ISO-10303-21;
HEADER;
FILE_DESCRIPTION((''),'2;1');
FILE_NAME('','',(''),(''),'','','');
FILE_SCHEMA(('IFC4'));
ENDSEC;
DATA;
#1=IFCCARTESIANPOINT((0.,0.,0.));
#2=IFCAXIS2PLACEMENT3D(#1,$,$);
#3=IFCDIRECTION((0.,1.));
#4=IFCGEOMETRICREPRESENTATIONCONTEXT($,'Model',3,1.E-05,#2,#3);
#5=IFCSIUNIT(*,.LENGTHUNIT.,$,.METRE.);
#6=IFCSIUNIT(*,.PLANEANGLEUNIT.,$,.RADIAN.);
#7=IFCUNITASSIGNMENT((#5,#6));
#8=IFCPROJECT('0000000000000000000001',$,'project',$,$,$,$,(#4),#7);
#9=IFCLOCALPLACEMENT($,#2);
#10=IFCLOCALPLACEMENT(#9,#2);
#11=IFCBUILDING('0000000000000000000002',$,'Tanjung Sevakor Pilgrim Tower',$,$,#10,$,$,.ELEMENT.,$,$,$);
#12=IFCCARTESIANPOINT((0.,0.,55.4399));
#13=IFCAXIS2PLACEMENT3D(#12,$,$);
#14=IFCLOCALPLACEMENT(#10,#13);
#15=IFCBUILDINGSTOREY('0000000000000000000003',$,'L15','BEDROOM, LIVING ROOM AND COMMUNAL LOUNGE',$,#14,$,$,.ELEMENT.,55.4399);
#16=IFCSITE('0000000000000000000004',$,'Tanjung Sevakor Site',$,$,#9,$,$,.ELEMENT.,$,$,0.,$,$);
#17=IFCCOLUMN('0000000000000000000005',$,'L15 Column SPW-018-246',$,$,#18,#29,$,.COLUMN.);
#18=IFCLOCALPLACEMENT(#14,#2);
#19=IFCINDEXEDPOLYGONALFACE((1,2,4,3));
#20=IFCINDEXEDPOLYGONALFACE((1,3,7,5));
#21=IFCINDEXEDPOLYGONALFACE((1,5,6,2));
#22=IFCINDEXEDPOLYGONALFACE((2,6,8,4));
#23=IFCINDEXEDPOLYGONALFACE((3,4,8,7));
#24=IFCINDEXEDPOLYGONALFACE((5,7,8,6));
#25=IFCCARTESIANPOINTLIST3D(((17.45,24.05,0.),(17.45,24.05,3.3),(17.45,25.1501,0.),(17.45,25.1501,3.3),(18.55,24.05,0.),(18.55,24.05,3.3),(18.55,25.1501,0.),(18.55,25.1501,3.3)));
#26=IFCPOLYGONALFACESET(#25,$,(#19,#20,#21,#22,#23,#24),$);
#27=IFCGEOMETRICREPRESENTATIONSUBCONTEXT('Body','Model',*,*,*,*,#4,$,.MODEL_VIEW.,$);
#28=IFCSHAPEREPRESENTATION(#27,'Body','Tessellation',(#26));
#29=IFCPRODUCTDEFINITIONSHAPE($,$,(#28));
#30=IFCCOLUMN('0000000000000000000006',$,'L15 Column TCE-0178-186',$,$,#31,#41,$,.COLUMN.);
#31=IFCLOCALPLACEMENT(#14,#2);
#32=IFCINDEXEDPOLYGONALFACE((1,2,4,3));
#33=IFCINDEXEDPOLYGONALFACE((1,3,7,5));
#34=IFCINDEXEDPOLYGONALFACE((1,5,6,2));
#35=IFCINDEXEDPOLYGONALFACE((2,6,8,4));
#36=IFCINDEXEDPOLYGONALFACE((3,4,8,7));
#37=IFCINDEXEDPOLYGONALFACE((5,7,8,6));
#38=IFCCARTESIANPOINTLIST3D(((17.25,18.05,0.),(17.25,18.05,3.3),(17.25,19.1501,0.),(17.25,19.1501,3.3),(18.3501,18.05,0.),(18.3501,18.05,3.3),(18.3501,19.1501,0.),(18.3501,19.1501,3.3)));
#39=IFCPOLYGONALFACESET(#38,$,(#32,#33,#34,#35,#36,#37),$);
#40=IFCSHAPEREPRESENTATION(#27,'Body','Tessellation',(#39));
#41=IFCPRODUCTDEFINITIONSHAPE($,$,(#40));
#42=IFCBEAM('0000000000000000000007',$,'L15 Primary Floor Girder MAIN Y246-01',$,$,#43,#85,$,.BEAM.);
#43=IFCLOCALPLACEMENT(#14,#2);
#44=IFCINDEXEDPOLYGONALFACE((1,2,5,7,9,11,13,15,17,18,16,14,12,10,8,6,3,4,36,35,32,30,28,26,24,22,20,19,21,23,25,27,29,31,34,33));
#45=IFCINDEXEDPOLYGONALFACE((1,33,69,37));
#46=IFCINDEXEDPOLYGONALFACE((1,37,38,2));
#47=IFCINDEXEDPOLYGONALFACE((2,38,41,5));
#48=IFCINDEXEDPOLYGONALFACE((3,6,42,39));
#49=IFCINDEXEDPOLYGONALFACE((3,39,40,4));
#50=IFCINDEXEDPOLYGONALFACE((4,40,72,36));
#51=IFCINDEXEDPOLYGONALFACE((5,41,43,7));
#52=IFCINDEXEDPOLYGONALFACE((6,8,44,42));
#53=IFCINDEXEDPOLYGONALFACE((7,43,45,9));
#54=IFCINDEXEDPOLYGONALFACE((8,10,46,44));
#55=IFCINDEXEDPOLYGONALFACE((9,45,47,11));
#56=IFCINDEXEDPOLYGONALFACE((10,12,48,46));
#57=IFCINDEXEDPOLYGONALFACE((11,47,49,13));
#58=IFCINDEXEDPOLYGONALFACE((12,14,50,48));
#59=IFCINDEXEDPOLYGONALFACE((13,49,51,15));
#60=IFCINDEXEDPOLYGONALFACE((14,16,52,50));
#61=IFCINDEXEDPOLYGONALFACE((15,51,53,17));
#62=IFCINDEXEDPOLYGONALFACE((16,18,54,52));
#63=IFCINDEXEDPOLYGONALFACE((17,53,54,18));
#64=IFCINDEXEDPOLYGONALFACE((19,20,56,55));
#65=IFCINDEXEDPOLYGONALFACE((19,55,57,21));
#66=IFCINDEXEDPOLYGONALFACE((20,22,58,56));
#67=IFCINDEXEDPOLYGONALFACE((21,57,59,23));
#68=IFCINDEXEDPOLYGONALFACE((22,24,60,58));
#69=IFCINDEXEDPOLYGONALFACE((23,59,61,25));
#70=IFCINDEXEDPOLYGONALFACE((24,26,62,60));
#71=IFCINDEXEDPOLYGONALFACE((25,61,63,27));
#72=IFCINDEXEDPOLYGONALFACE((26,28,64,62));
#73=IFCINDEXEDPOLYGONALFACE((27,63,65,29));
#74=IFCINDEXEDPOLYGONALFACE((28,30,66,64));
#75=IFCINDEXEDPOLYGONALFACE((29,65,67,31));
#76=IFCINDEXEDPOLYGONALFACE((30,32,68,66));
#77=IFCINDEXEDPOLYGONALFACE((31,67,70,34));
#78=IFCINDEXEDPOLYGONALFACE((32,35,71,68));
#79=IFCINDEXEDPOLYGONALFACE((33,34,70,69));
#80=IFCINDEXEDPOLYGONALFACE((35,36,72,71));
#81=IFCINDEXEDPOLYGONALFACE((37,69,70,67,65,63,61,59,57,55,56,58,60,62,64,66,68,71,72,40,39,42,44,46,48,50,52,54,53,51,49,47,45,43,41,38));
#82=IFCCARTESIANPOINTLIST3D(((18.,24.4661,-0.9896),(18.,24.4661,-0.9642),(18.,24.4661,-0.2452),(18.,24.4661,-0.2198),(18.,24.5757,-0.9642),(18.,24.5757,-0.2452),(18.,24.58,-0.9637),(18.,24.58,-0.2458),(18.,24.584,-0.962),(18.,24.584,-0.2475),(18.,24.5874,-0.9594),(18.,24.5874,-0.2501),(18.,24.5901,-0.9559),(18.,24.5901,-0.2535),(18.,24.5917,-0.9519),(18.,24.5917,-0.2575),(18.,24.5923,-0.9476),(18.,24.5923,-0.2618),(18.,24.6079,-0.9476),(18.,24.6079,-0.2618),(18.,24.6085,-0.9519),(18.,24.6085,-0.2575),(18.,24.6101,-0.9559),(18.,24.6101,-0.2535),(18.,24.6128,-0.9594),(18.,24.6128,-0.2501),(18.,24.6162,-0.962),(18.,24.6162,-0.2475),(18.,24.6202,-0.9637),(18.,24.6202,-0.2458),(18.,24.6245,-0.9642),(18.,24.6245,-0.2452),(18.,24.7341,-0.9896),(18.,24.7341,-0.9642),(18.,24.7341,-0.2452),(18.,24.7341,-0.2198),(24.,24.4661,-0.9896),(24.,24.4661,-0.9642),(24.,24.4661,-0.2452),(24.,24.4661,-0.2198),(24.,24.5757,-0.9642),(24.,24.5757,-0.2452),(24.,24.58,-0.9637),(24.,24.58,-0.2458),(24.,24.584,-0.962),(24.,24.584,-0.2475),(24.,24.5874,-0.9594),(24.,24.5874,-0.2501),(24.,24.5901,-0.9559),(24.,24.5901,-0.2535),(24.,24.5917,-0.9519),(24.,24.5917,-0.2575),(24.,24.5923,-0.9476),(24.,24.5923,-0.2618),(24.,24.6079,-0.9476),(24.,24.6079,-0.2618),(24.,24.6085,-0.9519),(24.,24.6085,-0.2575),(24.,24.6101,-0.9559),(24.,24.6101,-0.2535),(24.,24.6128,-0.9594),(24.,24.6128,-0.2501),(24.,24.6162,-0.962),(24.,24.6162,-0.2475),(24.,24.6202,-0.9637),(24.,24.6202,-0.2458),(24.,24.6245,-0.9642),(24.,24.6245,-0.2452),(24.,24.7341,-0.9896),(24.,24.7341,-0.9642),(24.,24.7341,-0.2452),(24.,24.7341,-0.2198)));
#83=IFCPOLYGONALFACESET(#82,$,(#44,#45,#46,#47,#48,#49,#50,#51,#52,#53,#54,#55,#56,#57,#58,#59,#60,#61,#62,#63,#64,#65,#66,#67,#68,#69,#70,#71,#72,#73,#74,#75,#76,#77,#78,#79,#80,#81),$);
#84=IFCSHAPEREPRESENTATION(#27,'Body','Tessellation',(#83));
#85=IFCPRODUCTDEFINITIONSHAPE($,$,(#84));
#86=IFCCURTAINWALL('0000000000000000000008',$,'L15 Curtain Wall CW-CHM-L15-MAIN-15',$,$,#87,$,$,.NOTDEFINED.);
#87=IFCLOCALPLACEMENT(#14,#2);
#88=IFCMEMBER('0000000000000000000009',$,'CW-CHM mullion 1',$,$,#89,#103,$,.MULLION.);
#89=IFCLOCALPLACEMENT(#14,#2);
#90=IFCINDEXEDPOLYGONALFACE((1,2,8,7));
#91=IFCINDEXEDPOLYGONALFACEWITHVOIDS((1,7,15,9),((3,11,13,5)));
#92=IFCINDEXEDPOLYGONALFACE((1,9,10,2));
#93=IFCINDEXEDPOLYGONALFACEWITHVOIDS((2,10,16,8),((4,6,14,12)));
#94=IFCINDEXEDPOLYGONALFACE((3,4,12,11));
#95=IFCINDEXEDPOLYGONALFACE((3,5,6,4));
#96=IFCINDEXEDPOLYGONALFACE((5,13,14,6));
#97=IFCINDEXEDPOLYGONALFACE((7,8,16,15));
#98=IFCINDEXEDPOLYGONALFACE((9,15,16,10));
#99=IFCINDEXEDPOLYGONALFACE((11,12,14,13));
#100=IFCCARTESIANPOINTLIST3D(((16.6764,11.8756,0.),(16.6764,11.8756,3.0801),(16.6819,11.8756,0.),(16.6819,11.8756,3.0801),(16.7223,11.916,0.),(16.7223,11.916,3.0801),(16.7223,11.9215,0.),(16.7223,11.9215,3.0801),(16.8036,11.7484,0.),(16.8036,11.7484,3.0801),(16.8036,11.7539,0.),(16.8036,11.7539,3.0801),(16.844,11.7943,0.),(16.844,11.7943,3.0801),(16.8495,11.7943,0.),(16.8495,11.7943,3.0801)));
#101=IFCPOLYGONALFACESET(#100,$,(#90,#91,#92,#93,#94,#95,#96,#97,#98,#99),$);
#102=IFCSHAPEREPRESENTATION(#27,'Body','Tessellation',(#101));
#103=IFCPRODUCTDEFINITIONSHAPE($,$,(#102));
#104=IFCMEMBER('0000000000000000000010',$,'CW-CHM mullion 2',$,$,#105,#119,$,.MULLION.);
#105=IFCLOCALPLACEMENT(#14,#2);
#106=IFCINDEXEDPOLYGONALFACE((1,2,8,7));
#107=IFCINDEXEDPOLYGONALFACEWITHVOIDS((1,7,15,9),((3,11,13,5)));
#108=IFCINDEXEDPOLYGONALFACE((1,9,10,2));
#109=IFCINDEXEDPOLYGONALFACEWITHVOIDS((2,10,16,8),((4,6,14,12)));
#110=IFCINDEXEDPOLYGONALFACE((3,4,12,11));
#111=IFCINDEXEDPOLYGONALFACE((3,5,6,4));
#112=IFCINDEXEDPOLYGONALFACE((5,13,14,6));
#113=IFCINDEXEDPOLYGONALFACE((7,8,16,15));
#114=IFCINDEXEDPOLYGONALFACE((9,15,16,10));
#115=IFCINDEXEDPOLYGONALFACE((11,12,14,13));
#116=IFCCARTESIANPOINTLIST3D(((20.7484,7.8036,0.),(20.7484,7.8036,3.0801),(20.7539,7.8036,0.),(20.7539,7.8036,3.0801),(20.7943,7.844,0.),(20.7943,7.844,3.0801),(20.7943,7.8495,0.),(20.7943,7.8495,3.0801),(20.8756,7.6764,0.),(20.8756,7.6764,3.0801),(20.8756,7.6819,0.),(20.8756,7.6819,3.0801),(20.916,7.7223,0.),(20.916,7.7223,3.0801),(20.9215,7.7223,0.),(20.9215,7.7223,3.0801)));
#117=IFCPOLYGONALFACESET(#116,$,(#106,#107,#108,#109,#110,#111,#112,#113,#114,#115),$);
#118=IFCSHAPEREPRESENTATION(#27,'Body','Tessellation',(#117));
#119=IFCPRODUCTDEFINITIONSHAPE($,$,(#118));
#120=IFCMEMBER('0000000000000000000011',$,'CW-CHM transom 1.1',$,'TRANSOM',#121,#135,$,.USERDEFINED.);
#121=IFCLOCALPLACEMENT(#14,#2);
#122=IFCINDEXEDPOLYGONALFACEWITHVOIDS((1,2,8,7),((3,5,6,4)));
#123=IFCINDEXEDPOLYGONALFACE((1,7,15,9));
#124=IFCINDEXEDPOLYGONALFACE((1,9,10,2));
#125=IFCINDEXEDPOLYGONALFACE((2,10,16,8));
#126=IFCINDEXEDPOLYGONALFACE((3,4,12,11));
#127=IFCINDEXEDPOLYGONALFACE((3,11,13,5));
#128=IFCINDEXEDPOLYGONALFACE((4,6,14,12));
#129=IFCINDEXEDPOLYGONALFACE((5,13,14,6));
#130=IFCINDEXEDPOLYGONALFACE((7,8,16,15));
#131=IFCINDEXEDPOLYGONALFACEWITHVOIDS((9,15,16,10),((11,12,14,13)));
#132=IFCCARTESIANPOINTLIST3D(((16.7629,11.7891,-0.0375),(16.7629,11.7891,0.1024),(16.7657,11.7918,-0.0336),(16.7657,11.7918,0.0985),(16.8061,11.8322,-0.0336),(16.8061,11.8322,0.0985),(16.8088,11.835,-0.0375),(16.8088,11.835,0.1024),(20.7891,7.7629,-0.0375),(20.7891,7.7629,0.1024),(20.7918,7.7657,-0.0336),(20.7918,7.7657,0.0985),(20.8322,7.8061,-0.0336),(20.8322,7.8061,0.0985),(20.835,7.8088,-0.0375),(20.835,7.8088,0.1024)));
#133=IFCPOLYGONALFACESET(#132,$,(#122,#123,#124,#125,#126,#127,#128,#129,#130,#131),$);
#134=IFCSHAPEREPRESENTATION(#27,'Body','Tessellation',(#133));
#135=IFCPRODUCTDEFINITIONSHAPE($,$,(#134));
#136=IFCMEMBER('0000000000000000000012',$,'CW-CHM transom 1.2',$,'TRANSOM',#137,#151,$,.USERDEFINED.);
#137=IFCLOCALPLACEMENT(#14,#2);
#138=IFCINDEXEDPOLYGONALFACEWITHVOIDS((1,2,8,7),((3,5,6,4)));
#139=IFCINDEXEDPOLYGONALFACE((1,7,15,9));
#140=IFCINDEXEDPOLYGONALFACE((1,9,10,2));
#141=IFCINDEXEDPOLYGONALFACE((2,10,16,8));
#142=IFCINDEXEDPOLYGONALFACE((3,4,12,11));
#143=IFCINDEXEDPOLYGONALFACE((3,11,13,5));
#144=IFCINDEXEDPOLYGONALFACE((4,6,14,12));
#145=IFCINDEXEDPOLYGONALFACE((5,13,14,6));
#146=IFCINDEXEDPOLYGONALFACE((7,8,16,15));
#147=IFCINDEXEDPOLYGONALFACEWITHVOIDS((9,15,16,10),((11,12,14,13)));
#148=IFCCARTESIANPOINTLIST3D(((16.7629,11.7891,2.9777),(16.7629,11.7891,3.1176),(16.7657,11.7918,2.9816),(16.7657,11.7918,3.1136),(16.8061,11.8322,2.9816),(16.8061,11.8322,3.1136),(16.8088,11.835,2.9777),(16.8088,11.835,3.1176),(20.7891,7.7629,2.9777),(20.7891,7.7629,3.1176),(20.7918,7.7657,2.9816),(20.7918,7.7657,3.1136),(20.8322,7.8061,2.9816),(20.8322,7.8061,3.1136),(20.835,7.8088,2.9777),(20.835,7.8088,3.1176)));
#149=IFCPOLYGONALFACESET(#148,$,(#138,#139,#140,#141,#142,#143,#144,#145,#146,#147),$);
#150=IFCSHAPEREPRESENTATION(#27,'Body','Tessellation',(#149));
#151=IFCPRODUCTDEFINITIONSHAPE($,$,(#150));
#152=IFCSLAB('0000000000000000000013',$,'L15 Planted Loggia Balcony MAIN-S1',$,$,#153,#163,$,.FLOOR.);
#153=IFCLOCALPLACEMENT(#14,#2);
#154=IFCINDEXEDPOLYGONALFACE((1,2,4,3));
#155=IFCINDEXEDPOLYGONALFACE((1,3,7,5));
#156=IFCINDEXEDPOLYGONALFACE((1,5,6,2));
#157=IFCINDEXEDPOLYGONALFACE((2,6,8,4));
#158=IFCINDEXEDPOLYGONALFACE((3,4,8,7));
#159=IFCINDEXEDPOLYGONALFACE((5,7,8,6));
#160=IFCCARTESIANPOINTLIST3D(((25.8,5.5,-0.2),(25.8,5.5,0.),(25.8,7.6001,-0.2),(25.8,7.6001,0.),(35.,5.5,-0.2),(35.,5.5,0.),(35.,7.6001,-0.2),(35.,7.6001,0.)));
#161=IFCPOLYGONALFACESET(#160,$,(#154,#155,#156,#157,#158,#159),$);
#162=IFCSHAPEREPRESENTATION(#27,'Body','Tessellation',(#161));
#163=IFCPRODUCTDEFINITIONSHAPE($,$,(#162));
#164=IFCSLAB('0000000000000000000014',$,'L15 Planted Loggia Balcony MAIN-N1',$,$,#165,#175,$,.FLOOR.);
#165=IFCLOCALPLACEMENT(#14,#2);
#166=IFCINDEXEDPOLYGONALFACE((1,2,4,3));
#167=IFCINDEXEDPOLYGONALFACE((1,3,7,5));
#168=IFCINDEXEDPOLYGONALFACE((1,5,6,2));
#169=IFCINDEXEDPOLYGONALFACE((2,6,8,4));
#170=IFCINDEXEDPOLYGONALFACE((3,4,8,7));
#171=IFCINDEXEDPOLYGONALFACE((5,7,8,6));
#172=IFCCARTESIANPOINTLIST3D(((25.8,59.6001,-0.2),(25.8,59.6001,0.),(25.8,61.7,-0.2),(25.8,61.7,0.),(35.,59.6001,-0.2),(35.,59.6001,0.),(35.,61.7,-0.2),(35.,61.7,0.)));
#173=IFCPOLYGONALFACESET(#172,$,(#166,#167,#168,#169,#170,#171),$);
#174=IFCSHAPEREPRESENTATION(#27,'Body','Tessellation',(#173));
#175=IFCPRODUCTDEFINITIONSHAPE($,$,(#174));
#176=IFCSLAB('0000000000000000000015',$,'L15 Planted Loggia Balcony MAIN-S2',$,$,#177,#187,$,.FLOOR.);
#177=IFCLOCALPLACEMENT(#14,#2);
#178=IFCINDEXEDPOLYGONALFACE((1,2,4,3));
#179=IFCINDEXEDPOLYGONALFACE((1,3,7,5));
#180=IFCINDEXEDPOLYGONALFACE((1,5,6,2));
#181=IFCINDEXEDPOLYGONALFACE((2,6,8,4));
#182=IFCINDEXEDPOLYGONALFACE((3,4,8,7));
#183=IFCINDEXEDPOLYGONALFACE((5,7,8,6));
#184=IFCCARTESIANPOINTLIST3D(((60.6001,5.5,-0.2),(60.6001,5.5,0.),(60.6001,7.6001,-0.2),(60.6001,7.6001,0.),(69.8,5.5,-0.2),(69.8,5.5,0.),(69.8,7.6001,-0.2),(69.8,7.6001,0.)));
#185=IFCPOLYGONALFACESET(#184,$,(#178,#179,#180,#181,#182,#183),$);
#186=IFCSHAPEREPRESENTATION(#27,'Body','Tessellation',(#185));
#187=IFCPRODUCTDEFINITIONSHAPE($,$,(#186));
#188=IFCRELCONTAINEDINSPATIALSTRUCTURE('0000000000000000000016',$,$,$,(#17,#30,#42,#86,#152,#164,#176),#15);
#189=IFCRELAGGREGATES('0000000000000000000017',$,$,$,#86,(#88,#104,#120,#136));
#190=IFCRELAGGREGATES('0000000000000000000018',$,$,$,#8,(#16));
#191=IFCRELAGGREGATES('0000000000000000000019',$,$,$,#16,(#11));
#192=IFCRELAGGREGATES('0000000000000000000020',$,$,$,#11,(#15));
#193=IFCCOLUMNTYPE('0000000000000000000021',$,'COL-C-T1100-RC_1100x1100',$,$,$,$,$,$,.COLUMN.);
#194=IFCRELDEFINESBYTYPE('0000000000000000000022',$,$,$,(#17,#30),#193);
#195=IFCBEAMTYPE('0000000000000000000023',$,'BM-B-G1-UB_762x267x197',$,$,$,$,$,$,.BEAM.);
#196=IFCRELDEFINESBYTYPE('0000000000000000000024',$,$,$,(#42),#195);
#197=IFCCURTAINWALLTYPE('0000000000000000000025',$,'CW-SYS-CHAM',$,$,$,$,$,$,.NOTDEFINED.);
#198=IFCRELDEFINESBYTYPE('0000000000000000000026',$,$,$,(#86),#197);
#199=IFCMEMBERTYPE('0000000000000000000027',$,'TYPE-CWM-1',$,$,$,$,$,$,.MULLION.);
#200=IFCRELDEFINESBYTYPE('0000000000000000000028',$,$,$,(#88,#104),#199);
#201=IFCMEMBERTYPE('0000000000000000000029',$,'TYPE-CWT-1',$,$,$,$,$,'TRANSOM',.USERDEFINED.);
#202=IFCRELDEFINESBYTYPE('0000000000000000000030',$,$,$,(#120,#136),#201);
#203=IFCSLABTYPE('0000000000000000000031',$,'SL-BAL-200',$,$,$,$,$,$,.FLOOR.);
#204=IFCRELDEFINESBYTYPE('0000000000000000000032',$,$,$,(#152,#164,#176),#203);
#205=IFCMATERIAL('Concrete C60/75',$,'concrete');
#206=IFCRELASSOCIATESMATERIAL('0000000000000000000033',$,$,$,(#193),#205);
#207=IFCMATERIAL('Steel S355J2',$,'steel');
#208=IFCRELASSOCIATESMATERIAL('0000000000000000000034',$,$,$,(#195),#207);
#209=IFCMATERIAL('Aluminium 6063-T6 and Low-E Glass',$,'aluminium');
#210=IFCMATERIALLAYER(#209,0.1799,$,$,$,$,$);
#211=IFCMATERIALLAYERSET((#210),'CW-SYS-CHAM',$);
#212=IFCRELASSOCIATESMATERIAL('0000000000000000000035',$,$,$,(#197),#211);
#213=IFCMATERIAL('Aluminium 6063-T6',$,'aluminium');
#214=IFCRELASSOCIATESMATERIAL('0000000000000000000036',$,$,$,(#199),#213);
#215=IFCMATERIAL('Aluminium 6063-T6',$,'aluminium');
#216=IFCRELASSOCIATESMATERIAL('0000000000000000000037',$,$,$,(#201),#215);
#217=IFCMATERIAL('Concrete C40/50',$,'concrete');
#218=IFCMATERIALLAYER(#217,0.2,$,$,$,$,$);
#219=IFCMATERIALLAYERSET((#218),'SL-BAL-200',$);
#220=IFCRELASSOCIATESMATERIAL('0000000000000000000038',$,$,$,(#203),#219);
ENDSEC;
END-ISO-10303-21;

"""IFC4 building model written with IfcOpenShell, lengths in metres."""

from ifc_helpers import new_model, si_unit, direction, frame, origin, origin_2d, place, context, subcontext, project, spatial, polyline, rectangle, hollow_rectangle, i_section, outline, extrude, material, layer, layer_set, material_profile, profile_set, type_object, element, aggregate, save


model = new_model("IFC4")

# Units and contexts
model_context = context("Model", 3, precision=1e-05, world=origin(), true_north=direction((0.0, 1.0)))
body_context = subcontext(model_context, "Body", "Model", "MODEL_VIEW")
ifc_project = project(units=[si_unit("LENGTHUNIT", "METRE"), si_unit("PLANEANGLEUNIT", "RADIAN")], contexts=[model_context])

# Site, building, storey
site_placement = place(None, origin())
site = spatial("IfcSite", under=ifc_project, at=site_placement, Name="Tanjung Sevakor Site", CompositionType="ELEMENT", RefElevation=0.0)
building_placement = place(site_placement, origin())
building = spatial("IfcBuilding", under=site, at=building_placement, Name="Tanjung Sevakor Pilgrim Tower", CompositionType="ELEMENT")
storey_placement = place(building_placement, frame((0.0, 0.0, 55.4399)))
storey = spatial("IfcBuildingStorey", under=building, at=storey_placement, Name="L15", Description="BEDROOM, LIVING ROOM AND COMMUNAL LOUNGE", CompositionType="ELEMENT", Elevation=55.4399)

# Columns
ifc_material_1 = material(Name="Concrete C60/75", Category="concrete")
ifc_material_profile_1 = material_profile(ifc_material_1, rectangle(XDim=1.1001, YDim=1.1001, at=origin_2d()))
ifc_profile_set_1 = profile_set([ifc_material_profile_1], Name="Concrete C60/75")
column_type = type_object("IfcColumnType", Name="COL-C-T1100-RC_1100x1100", PredefinedType="COLUMN", material=ifc_profile_set_1)
for number, where, z_axis, x_axis, name in (
    (1, (18.0, 24.6001, 0.0), (0.0, 0.0, 1.0), (1.0, 0.0, 0.0), "L15 Column SPW-018-246"),
    (2, (17.8, 18.6001, 0.0), (0.0, 0.0, 1.0), (1.0, 0.0, 0.0), "L15 Column TCE-0178-186"),
):
    element("IfcColumn", number, at=place(storey_placement, frame(where, z_axis=z_axis, x_axis=x_axis)), inside=storey, type_object=column_type, Name=name, PredefinedType="COLUMN", context=body_context, shape_type="SweptSolid", body=[
        extrude(rectangle(XDim=1.1001, YDim=1.1001, at=origin_2d()), origin(), (0.0, 0.0, 1.0), 3.3),
    ])

# Beam
ifc_material_2 = material(Name="Steel S355J2", Category="steel")
ifc_material_profile_2 = material_profile(ifc_material_2, i_section(OverallWidth=0.2681, OverallDepth=0.7698, WebThickness=0.0156, FlangeThickness=0.0254, FilletRadius=0.0166, at=origin_2d()))
ifc_profile_set_2 = profile_set([ifc_material_profile_2], Name="Steel S355J2")
beam_type = type_object("IfcBeamType", Name="BM-B-G1-UB_762x267x197", PredefinedType="BEAM", material=ifc_profile_set_2)
beam_placement = place(storey_placement, frame((18.0, 24.6001, -0.6047), z_axis=(1.0, 0.0, 0.0), x_axis=(0.0, 1.0, 0.0)))
element("IfcBeam", 3, at=beam_placement, inside=storey, type_object=beam_type, Name="L15 Primary Floor Girder MAIN Y246-01", PredefinedType="BEAM", context=body_context, shape_type="SweptSolid", body=[
    extrude(i_section(OverallWidth=0.2681, OverallDepth=0.7698, WebThickness=0.0156, FlangeThickness=0.0254, FilletRadius=0.0166, at=origin_2d()), origin(), (0.0, 0.0, 1.0), 6.0),
])

# Curtain wall, members
ifc_material_3 = material(Name="Aluminium 6063-T6 and Low-E Glass", Category="aluminium")
ifc_layer_1 = layer(ifc_material_3, 0.1799)
ifc_layer_set_1 = layer_set([ifc_layer_1], Name="CW-SYS-CHAM")
curtain_wall_type = type_object("IfcCurtainWallType", Name="CW-SYS-CHAM", PredefinedType="NOTDEFINED", material=ifc_layer_set_1)
curtain_wall_placement = place(storey_placement, origin())
curtain_wall = element("IfcCurtainWall", 4, at=curtain_wall_placement, inside=storey, type_object=curtain_wall_type, Name="L15 Curtain Wall CW-CHM-L15-MAIN-15", PredefinedType="NOTDEFINED")
ifc_material_4 = material(Name="Aluminium 6063-T6", Category="aluminium")
ifc_material_profile_3 = material_profile(ifc_material_4, hollow_rectangle(XDim=0.0649, YDim=0.1799, WallThickness=0.0039, at=origin_2d()))
ifc_profile_set_3 = profile_set([ifc_material_profile_3], Name="Aluminium 6063-T6")
member_type_1 = type_object("IfcMemberType", Name="TYPE-CWM-1", PredefinedType="MULLION", material=ifc_profile_set_3)
member_1_placement = place(storey_placement, frame((16.7629, 11.835, 0.0), z_axis=(0.0, 0.0, 1.0), x_axis=(0.707107, 0.707107, 0.0)))
member_1 = element("IfcMember", 5, at=member_1_placement, type_object=member_type_1, Name="CW-CHM mullion 1", PredefinedType="MULLION", context=body_context, shape_type="SweptSolid", body=[
    extrude(hollow_rectangle(XDim=0.0649, YDim=0.1799, WallThickness=0.0039, at=origin_2d()), origin(), (0.0, 0.0, 1.0), 3.0801),
])
member_2_placement = place(storey_placement, frame((20.835, 7.7629, 0.0), z_axis=(0.0, 0.0, 1.0), x_axis=(0.707107, 0.707107, 0.0)))
member_2 = element("IfcMember", 6, at=member_2_placement, type_object=member_type_1, Name="CW-CHM mullion 2", PredefinedType="MULLION", context=body_context, shape_type="SweptSolid", body=[
    extrude(hollow_rectangle(XDim=0.0649, YDim=0.1799, WallThickness=0.0039, at=origin_2d()), origin(), (0.0, 0.0, 1.0), 3.0801),
])
ifc_material_5 = material(Name="Aluminium 6063-T6", Category="aluminium")
ifc_material_profile_4 = material_profile(ifc_material_5, hollow_rectangle(XDim=0.0649, YDim=0.1399, WallThickness=0.0039, at=origin_2d()))
ifc_profile_set_4 = profile_set([ifc_material_profile_4], Name="Aluminium 6063-T6")
member_type_2 = type_object("IfcMemberType", Name="TYPE-CWT-1", ElementType="TRANSOM", PredefinedType="USERDEFINED", material=ifc_profile_set_4)
member_3_placement = place(storey_placement, frame((16.7859, 11.812, 0.0325), z_axis=(0.707107, -0.707107, 0.0), x_axis=(0.707107, 0.707107, 0.0)))
member_3 = element("IfcMember", 7, at=member_3_placement, type_object=member_type_2, Name="CW-CHM transom 1.1", ObjectType="TRANSOM", PredefinedType="USERDEFINED", context=body_context, shape_type="SweptSolid", body=[
    extrude(hollow_rectangle(XDim=0.0649, YDim=0.1399, WallThickness=0.0039, at=origin_2d()), origin(), (0.0, 0.0, 1.0), 5.6938),
])
member_4_placement = place(storey_placement, frame((16.7859, 11.812, 3.0476), z_axis=(0.707107, -0.707107, 0.0), x_axis=(0.707107, 0.707107, 0.0)))
member_4 = element("IfcMember", 8, at=member_4_placement, type_object=member_type_2, Name="CW-CHM transom 1.2", ObjectType="TRANSOM", PredefinedType="USERDEFINED", context=body_context, shape_type="SweptSolid", body=[
    extrude(hollow_rectangle(XDim=0.0649, YDim=0.1399, WallThickness=0.0039, at=origin_2d()), origin(), (0.0, 0.0, 1.0), 5.6938),
])

# Slabs
ifc_material_6 = material(Name="Concrete C40/50", Category="concrete")
ifc_layer_2 = layer(ifc_material_6, 0.2)
ifc_layer_set_2 = layer_set([ifc_layer_2], Name="SL-BAL-200")
slab_type_1 = type_object("IfcSlabType", Name="SL-BAL-200", PredefinedType="FLOOR", material=ifc_layer_set_2)
slab_1_placement = place(storey_placement, frame((0.0, 0.0, -0.2)))
element("IfcSlab", 9, at=slab_1_placement, inside=storey, type_object=slab_type_1, Name="L15 Planted Loggia Balcony MAIN-S1", PredefinedType="FLOOR", context=body_context, shape_type="SweptSolid", body=[
    extrude(outline(polyline([(25.8, 5.5), (35.0, 5.5), (35.0, 7.6001), (25.8, 7.6001), (25.8, 5.5)])), origin(), (0.0, 0.0, 1.0), 0.2),
])
slab_2_placement = place(storey_placement, frame((0.0, 0.0, -0.2)))
element("IfcSlab", 10, at=slab_2_placement, inside=storey, type_object=slab_type_1, Name="L15 Planted Loggia Balcony MAIN-N1", PredefinedType="FLOOR", context=body_context, shape_type="SweptSolid", body=[
    extrude(outline(polyline([(25.8, 59.6001), (35.0, 59.6001), (35.0, 61.7), (25.8, 61.7), (25.8, 59.6001)])), origin(), (0.0, 0.0, 1.0), 0.2),
])
slab_3_placement = place(storey_placement, frame((0.0, 0.0, -0.2)))
element("IfcSlab", 11, at=slab_3_placement, inside=storey, type_object=slab_type_1, Name="L15 Planted Loggia Balcony MAIN-S2", PredefinedType="FLOOR", context=body_context, shape_type="SweptSolid", body=[
    extrude(outline(polyline([(60.6001, 5.5), (69.8, 5.5), (69.8, 7.6001), (60.6001, 7.6001), (60.6001, 5.5)])), origin(), (0.0, 0.0, 1.0), 0.2),
])

aggregate(curtain_wall, [member_1, member_2, member_3, member_4])

save(model, "model.ifc")
